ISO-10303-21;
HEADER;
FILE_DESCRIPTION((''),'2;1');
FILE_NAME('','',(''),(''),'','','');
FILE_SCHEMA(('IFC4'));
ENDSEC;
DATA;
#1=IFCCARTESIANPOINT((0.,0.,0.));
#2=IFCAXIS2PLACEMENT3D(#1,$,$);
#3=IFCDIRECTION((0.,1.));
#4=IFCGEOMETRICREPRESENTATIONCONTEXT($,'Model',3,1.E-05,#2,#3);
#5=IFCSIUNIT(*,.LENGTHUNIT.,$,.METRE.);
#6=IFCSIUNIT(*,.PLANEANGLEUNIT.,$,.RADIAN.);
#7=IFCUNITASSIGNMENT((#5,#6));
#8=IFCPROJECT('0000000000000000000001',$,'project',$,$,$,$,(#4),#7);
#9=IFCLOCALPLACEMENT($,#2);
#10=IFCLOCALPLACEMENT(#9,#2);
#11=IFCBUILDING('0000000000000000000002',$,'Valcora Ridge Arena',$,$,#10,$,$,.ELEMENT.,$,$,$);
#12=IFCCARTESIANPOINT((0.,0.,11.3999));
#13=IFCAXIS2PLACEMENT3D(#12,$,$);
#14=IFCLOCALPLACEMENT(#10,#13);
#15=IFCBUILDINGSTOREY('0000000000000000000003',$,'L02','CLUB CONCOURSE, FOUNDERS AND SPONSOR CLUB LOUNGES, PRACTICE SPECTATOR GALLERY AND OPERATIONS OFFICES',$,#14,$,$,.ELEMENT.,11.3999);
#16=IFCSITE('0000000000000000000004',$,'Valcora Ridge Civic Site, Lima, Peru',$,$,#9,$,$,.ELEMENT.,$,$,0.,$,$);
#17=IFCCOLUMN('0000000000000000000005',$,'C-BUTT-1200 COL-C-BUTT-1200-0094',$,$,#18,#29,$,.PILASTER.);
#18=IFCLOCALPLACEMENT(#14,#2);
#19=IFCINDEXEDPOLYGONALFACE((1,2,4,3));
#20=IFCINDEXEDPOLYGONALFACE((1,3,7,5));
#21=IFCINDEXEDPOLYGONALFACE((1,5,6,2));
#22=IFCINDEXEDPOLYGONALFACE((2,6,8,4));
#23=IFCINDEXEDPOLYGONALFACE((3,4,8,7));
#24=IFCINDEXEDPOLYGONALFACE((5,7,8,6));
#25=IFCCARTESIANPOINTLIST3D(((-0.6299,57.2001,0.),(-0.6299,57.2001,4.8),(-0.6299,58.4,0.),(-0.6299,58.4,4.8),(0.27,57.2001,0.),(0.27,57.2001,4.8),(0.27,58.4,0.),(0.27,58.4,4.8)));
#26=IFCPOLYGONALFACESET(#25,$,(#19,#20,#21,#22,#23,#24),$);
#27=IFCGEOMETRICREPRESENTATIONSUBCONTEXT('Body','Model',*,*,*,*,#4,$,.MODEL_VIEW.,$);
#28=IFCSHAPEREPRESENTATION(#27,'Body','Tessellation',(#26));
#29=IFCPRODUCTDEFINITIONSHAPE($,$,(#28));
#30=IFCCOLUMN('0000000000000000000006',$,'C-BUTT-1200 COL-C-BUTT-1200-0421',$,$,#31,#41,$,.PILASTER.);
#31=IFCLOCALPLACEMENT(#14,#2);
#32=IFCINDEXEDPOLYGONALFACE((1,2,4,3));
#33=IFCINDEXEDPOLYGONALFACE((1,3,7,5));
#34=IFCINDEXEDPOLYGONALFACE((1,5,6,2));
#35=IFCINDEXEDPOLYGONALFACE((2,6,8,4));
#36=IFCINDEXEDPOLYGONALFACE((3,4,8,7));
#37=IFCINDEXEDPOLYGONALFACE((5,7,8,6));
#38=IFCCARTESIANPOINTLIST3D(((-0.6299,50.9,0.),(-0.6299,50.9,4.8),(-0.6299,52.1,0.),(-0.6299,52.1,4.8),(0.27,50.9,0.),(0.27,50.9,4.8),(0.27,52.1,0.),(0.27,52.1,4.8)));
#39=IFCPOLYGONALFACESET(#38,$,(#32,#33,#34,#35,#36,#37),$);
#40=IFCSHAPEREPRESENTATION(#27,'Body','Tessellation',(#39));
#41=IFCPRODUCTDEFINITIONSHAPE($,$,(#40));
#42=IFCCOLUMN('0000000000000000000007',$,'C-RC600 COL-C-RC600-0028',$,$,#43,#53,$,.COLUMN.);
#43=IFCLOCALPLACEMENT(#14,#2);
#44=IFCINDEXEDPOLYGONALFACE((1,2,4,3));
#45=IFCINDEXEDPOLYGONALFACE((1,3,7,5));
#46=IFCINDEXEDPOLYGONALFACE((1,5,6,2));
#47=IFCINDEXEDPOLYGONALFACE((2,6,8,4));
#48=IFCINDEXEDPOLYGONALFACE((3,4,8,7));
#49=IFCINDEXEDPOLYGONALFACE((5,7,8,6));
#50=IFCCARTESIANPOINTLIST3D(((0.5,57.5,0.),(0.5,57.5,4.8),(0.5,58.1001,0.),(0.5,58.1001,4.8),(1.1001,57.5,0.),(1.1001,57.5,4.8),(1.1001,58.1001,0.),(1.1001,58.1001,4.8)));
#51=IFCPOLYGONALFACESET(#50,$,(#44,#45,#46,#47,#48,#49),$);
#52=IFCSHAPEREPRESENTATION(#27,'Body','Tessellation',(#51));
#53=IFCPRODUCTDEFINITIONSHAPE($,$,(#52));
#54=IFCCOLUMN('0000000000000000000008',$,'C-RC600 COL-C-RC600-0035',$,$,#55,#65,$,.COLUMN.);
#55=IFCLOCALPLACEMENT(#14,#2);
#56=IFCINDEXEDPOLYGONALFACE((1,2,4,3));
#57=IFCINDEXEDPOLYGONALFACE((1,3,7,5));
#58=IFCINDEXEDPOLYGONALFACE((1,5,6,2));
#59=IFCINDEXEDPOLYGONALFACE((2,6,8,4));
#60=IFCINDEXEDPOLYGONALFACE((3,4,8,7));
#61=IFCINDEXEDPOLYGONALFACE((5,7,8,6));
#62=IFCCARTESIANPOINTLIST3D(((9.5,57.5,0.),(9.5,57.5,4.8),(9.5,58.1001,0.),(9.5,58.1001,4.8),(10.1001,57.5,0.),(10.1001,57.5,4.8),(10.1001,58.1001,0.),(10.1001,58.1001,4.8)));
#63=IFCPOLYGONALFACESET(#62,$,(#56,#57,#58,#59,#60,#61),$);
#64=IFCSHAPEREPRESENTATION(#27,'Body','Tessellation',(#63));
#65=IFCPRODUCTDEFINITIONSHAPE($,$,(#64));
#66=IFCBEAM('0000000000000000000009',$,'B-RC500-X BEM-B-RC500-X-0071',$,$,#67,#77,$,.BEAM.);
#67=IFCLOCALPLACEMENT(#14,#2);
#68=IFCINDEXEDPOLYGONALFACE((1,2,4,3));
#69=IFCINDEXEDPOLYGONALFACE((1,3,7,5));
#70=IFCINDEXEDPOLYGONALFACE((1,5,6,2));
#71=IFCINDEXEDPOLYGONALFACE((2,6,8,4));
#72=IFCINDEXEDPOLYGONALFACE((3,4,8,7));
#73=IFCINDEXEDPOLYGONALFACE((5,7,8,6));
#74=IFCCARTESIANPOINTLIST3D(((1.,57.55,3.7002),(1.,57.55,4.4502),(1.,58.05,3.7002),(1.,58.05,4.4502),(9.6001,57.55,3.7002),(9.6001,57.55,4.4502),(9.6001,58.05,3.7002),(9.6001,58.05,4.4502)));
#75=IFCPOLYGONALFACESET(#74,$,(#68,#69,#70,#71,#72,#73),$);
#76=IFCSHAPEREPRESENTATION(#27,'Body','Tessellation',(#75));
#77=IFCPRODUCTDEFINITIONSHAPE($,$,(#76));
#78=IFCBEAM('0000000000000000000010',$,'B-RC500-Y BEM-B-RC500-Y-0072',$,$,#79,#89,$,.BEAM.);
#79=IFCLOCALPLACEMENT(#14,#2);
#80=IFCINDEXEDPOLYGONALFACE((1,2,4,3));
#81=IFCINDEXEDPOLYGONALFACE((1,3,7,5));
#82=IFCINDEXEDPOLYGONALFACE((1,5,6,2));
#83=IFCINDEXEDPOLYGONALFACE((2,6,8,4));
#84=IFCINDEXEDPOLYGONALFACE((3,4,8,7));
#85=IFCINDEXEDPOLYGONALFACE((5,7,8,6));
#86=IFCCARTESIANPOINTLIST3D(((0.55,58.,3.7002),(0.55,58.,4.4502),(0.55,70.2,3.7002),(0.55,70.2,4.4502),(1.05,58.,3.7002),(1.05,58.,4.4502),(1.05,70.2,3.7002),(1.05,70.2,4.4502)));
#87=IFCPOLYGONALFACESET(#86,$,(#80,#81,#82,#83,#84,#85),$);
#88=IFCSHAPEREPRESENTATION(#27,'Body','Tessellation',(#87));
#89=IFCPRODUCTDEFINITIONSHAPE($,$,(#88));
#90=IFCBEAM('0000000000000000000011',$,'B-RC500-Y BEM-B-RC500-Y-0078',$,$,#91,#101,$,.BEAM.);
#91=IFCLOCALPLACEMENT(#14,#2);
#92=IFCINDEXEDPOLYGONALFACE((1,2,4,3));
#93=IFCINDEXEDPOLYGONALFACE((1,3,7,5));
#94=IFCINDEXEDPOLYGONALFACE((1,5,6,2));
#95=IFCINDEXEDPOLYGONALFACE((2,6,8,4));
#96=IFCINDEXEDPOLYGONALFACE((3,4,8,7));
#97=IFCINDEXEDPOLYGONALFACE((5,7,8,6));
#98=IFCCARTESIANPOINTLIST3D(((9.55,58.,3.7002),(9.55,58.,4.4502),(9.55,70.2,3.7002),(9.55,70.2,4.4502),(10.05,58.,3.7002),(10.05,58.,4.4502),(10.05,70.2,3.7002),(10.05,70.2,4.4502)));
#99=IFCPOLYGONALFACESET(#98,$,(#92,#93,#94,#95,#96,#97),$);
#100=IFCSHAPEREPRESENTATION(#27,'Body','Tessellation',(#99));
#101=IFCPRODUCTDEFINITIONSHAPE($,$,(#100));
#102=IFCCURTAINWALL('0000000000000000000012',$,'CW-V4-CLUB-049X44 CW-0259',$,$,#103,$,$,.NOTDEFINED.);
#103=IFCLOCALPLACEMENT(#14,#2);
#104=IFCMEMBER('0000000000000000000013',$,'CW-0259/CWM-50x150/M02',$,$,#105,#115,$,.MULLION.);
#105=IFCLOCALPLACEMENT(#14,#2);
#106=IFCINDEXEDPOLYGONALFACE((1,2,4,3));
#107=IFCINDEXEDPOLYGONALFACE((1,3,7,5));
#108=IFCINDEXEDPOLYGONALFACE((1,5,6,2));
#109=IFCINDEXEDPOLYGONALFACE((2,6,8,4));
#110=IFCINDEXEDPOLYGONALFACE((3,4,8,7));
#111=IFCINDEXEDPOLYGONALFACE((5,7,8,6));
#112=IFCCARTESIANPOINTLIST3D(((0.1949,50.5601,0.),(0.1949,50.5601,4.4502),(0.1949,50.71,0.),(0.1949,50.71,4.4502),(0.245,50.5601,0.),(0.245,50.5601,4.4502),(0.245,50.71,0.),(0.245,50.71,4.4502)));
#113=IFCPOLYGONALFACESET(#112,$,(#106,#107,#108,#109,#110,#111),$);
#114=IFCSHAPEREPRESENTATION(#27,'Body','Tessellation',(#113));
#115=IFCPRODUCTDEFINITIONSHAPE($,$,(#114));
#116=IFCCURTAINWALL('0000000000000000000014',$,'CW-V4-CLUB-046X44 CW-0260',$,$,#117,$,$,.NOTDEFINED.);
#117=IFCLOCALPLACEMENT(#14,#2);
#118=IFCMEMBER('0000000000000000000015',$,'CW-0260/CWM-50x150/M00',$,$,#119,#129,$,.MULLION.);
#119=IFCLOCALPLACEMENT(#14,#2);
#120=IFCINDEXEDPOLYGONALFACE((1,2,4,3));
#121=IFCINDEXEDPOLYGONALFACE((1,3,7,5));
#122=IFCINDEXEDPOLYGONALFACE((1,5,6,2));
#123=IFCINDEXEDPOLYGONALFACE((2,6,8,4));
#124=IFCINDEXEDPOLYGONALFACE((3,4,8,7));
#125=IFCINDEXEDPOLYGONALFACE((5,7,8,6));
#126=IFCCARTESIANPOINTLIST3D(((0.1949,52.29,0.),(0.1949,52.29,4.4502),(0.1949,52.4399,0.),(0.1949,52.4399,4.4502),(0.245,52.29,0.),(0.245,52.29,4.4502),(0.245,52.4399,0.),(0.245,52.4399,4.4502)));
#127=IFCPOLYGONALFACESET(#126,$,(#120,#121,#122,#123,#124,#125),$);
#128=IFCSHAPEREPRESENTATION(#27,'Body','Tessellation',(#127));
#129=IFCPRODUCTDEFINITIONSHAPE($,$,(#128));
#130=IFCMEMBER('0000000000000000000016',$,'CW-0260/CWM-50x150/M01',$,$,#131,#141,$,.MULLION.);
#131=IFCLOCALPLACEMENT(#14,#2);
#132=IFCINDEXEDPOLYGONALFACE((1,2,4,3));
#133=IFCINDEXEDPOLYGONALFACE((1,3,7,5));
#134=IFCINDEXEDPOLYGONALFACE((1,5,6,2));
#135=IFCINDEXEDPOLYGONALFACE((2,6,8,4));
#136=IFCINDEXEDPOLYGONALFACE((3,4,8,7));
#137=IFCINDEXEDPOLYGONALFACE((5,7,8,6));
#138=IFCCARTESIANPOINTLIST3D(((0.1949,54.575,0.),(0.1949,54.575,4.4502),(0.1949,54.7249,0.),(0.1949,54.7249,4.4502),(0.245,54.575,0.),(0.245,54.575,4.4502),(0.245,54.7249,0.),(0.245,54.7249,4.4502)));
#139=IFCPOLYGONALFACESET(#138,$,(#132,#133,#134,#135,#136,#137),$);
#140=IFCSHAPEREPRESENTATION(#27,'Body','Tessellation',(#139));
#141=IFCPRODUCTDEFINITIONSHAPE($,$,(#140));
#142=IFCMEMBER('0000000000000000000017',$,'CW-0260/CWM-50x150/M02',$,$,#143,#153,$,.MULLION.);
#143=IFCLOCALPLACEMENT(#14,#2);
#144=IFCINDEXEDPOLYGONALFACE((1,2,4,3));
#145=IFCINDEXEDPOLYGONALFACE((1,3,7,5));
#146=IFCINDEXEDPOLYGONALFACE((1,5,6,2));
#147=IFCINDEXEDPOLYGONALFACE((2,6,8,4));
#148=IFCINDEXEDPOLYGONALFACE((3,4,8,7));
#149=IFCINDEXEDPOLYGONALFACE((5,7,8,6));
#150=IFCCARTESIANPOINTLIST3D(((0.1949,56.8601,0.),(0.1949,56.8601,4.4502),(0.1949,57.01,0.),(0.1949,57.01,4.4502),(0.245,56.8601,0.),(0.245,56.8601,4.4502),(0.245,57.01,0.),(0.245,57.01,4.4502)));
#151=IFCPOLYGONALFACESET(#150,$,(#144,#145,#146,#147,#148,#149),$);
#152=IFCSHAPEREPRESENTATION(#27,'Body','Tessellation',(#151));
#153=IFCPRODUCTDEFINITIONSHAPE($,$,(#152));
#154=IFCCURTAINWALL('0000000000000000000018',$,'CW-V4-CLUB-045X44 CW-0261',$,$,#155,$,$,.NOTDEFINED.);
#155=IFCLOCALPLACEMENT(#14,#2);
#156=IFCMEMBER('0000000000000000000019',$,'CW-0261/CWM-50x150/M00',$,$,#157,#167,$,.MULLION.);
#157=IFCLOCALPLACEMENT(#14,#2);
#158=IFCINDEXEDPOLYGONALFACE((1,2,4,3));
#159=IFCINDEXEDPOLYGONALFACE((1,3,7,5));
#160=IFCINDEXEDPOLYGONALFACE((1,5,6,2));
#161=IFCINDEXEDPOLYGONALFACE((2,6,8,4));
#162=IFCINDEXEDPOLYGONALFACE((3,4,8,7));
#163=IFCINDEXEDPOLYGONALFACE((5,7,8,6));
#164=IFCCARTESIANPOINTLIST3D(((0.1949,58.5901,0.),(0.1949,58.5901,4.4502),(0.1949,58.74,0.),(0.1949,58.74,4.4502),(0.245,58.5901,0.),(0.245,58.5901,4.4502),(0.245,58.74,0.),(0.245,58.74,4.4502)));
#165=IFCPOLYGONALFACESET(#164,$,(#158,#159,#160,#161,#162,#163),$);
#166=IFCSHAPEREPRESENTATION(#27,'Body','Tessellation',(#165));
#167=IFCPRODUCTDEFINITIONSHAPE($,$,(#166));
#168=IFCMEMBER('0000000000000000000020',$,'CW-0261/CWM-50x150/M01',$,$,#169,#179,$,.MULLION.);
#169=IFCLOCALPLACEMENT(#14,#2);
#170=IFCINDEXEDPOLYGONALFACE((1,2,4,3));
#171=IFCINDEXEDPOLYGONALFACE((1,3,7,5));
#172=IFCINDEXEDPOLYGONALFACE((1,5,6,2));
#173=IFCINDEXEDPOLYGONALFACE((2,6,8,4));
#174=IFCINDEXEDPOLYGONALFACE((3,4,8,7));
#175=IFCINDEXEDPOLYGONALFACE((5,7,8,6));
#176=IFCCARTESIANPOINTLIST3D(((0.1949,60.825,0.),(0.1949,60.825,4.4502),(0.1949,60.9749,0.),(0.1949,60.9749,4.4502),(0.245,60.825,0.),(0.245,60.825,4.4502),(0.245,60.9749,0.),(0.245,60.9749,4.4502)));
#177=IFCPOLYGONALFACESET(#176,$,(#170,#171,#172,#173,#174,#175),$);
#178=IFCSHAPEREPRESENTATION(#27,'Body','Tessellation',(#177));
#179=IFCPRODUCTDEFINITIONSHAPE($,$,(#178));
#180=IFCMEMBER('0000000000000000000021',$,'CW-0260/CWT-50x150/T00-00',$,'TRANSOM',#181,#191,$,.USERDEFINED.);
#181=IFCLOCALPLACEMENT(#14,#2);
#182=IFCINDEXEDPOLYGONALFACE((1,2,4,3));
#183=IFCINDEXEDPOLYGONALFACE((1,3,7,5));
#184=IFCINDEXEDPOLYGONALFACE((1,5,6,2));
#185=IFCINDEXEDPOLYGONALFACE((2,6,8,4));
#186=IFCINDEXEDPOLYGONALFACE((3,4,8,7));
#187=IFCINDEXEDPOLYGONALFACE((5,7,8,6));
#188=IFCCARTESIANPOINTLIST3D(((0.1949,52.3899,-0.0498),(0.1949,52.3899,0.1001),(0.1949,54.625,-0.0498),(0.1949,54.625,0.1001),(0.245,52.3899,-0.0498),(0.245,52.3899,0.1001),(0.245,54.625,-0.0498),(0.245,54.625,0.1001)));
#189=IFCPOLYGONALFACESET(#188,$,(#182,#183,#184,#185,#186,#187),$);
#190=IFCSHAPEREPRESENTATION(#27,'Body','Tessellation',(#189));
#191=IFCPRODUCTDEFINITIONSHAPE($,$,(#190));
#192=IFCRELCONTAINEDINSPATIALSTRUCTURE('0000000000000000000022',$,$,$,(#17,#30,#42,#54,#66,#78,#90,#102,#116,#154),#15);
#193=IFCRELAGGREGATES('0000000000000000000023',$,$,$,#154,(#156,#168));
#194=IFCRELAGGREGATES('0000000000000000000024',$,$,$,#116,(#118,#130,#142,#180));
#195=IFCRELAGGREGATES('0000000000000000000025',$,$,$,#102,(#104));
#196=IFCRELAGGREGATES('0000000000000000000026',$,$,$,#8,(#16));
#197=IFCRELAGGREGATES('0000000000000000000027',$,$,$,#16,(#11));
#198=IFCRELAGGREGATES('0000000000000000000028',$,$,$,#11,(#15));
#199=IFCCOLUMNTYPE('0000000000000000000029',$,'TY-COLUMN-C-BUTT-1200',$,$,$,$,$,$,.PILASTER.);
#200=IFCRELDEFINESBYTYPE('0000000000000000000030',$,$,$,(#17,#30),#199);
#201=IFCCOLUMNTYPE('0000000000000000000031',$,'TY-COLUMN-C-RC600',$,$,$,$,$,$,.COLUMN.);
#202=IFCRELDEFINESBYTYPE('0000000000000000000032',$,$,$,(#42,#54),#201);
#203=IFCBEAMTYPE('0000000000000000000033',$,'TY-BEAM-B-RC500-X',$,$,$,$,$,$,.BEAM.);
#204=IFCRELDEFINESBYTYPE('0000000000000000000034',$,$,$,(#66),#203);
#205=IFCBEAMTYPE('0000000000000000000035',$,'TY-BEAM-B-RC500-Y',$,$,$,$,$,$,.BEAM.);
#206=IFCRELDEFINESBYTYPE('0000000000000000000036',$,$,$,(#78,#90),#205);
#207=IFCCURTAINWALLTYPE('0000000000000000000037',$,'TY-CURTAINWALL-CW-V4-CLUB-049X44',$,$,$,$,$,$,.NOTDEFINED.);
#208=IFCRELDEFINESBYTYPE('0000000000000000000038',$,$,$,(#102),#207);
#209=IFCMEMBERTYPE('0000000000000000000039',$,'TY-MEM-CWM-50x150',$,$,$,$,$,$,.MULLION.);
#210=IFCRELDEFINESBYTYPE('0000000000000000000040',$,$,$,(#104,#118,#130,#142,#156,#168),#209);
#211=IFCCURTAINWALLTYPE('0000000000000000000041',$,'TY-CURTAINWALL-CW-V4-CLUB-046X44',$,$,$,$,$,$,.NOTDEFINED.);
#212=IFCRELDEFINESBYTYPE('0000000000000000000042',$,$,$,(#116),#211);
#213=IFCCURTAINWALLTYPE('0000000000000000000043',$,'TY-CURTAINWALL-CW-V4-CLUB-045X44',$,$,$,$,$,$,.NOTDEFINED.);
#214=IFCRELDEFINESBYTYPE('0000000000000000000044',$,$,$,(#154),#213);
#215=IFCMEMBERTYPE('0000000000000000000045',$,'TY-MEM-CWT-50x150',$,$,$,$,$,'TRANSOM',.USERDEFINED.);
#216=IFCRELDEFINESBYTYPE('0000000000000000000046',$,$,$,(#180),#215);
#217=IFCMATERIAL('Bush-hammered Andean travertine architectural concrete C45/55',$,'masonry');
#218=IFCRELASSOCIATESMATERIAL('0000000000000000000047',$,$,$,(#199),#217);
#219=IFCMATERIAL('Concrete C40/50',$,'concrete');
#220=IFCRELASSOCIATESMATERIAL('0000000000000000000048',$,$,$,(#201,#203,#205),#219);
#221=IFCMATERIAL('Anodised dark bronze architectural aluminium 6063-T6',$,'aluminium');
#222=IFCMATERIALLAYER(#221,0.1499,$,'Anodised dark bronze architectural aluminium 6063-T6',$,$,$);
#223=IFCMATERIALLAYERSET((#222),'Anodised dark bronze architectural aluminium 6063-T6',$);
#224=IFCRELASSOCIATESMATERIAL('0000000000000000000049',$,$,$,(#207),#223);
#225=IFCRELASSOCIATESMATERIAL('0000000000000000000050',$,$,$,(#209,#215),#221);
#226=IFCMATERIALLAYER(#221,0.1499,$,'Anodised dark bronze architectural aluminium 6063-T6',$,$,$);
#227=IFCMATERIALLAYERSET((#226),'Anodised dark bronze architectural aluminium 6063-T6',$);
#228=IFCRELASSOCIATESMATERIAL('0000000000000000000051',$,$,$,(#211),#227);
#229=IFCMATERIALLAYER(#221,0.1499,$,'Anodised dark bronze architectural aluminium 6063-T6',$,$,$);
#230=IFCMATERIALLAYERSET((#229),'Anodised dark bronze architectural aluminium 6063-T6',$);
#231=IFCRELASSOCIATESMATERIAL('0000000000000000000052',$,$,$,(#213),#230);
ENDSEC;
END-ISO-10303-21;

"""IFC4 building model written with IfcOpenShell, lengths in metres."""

from ifc_helpers import new_model, si_unit, direction, frame, origin, origin_2d, place, context, subcontext, project, spatial, rectangle, extrude, material, layer, layer_set, material_profile, profile_set, type_object, element, aggregate, save


model = new_model("IFC4")

# Units and contexts
model_context = context("Model", 3, precision=1e-05, world=origin(), true_north=direction((0.0, 1.0)))
body_context = subcontext(model_context, "Body", "Model", "MODEL_VIEW")
ifc_project = project(units=[si_unit("LENGTHUNIT", "METRE"), si_unit("PLANEANGLEUNIT", "RADIAN")], contexts=[model_context])

# Site, building, storey
site_placement = place(None, origin())
site = spatial("IfcSite", under=ifc_project, at=site_placement, Name="Valcora Ridge Civic Site, Lima, Peru", CompositionType="ELEMENT", RefElevation=0.0)
building_placement = place(site_placement, origin())
building = spatial("IfcBuilding", under=site, at=building_placement, Name="Valcora Ridge Arena", CompositionType="ELEMENT")
storey_placement = place(building_placement, frame((0.0, 0.0, 11.3999)))
storey = spatial("IfcBuildingStorey", under=building, at=storey_placement, Name="L02", Description="CLUB CONCOURSE, FOUNDERS AND SPONSOR CLUB LOUNGES, PRACTICE SPECTATOR GALLERY AND OPERATIONS OFFICES", CompositionType="ELEMENT", Elevation=11.3999)

# Columns
ifc_material_1 = material(Name="Bush-hammered Andean travertine architectural concrete C45/55", Category="masonry")
ifc_material_profile_1 = material_profile(ifc_material_1, rectangle(XDim=0.8999, YDim=1.2, at=origin_2d()), Name="RC 900x1200")
ifc_profile_set_1 = profile_set([ifc_material_profile_1], Name="Bush-hammered Andean travertine architectural concrete C45/55")
column_type_1 = type_object("IfcColumnType", Name="TY-COLUMN-C-BUTT-1200", PredefinedType="PILASTER", material=ifc_profile_set_1)
for number, where, z_axis, x_axis, name in (
    (1, (-0.1799, 57.8, 0.0), (0.0, 0.0, 1.0), (1.0, 0.0, 0.0), "C-BUTT-1200 COL-C-BUTT-1200-0094"),
    (2, (-0.1799, 51.5, 0.0), (0.0, 0.0, 1.0), (1.0, 0.0, 0.0), "C-BUTT-1200 COL-C-BUTT-1200-0421"),
):
    element("IfcColumn", number, at=place(storey_placement, frame(where, z_axis=z_axis, x_axis=x_axis)), inside=storey, type_object=column_type_1, Name=name, PredefinedType="PILASTER", context=body_context, shape_type="SweptSolid", body=[
        extrude(rectangle(XDim=0.8999, YDim=1.2, at=origin_2d()), origin(), (0.0, 0.0, 1.0), 4.8),
    ])
ifc_material_2 = material(Name="Concrete C40/50", Category="concrete")
ifc_material_profile_2 = material_profile(ifc_material_2, rectangle(XDim=0.6001, YDim=0.6001, at=origin_2d()), Name="RC 600x600")
ifc_profile_set_2 = profile_set([ifc_material_profile_2], Name="Concrete C40/50")
column_type_2 = type_object("IfcColumnType", Name="TY-COLUMN-C-RC600", PredefinedType="COLUMN", material=ifc_profile_set_2)
for number, where, z_axis, x_axis, name in (
    (3, (0.8, 57.8, 0.0), (0.0, 0.0, 1.0), (1.0, 0.0, 0.0), "C-RC600 COL-C-RC600-0028"),
    (4, (9.8, 57.8, 0.0), (0.0, 0.0, 1.0), (1.0, 0.0, 0.0), "C-RC600 COL-C-RC600-0035"),
):
    element("IfcColumn", number, at=place(storey_placement, frame(where, z_axis=z_axis, x_axis=x_axis)), inside=storey, type_object=column_type_2, Name=name, PredefinedType="COLUMN", context=body_context, shape_type="SweptSolid", body=[
        extrude(rectangle(XDim=0.6001, YDim=0.6001, at=origin_2d()), origin(), (0.0, 0.0, 1.0), 4.8),
    ])

# Beams
ifc_material_profile_3 = material_profile(ifc_material_2, rectangle(XDim=0.5, YDim=0.75, at=origin_2d()), Name="RC 500x750")
ifc_profile_set_3 = profile_set([ifc_material_profile_3], Name="Concrete C40/50")
beam_type_1 = type_object("IfcBeamType", Name="TY-BEAM-B-RC500-X", PredefinedType="BEAM", material=ifc_profile_set_3)
beam_placement = place(storey_placement, frame((1.0, 57.8, 4.0752), z_axis=(1.0, 0.0, 0.0), x_axis=(0.0, 1.0, 0.0)))
element("IfcBeam", 5, at=beam_placement, inside=storey, type_object=beam_type_1, Name="B-RC500-X BEM-B-RC500-X-0071", PredefinedType="BEAM", context=body_context, shape_type="SweptSolid", body=[
    extrude(rectangle(XDim=0.5, YDim=0.75, at=origin_2d()), origin(), (0.0, 0.0, 1.0), 8.6001),
])
ifc_material_profile_4 = material_profile(ifc_material_2, rectangle(XDim=0.5, YDim=0.75, at=origin_2d()), Name="RC 500x750")
ifc_profile_set_4 = profile_set([ifc_material_profile_4], Name="Concrete C40/50")
beam_type_2 = type_object("IfcBeamType", Name="TY-BEAM-B-RC500-Y", PredefinedType="BEAM", material=ifc_profile_set_4)
for number, where, z_axis, x_axis, name in (
    (6, (0.8, 58.0, 4.0752), (0.0, 1.0, 0.0), (-1.0, 0.0, 0.0), "B-RC500-Y BEM-B-RC500-Y-0072"),
    (7, (9.8, 58.0, 4.0752), (0.0, 1.0, 0.0), (-1.0, 0.0, 0.0), "B-RC500-Y BEM-B-RC500-Y-0078"),
):
    element("IfcBeam", number, at=place(storey_placement, frame(where, z_axis=z_axis, x_axis=x_axis)), inside=storey, type_object=beam_type_2, Name=name, PredefinedType="BEAM", context=body_context, shape_type="SweptSolid", body=[
        extrude(rectangle(XDim=0.5, YDim=0.75, at=origin_2d()), origin(), (0.0, 0.0, 1.0), 12.2),
    ])

# Curtain wall, member
ifc_material_3 = material(Name="Anodised dark bronze architectural aluminium 6063-T6", Category="aluminium")
ifc_layer_1 = layer(ifc_material_3, 0.1499, Name="Anodised dark bronze architectural aluminium 6063-T6")
ifc_layer_set_1 = layer_set([ifc_layer_1], Name="Anodised dark bronze architectural aluminium 6063-T6")
curtain_wall_type_1 = type_object("IfcCurtainWallType", Name="TY-CURTAINWALL-CW-V4-CLUB-049X44", PredefinedType="NOTDEFINED", material=ifc_layer_set_1)
curtain_wall_1_placement = place(storey_placement, origin())
curtain_wall_1 = element("IfcCurtainWall", 8, at=curtain_wall_1_placement, inside=storey, type_object=curtain_wall_type_1, Name="CW-V4-CLUB-049X44 CW-0259", PredefinedType="NOTDEFINED")
ifc_material_profile_5 = material_profile(ifc_material_3, rectangle(XDim=0.05, YDim=0.1499, at=origin_2d()), Name="ALU MULLION 50x150")
ifc_profile_set_5 = profile_set([ifc_material_profile_5], Name="Anodised dark bronze architectural aluminium 6063-T6")
member_type_1 = type_object("IfcMemberType", Name="TY-MEM-CWM-50x150", PredefinedType="MULLION", material=ifc_profile_set_5)
member_1_placement = place(storey_placement, frame((0.22, 50.635, 0.0), z_axis=(0.0, 0.0, 1.0), x_axis=(-1.0, 0.0, 0.0)))
member_1 = element("IfcMember", 9, at=member_1_placement, type_object=member_type_1, Name="CW-0259/CWM-50x150/M02", PredefinedType="MULLION", context=body_context, shape_type="SweptSolid", body=[
    extrude(rectangle(XDim=0.05, YDim=0.1499, at=origin_2d()), origin(), (0.0, 0.0, 1.0), 4.4502),
])

# Curtain walls, members
ifc_layer_2 = layer(ifc_material_3, 0.1499, Name="Anodised dark bronze architectural aluminium 6063-T6")
ifc_layer_set_2 = layer_set([ifc_layer_2], Name="Anodised dark bronze architectural aluminium 6063-T6")
curtain_wall_type_2 = type_object("IfcCurtainWallType", Name="TY-CURTAINWALL-CW-V4-CLUB-046X44", PredefinedType="NOTDEFINED", material=ifc_layer_set_2)
curtain_wall_2_placement = place(storey_placement, origin())
curtain_wall_2 = element("IfcCurtainWall", 10, at=curtain_wall_2_placement, inside=storey, type_object=curtain_wall_type_2, Name="CW-V4-CLUB-046X44 CW-0260", PredefinedType="NOTDEFINED")
member_2_placement = place(storey_placement, frame((0.22, 52.365, 0.0), z_axis=(0.0, 0.0, 1.0), x_axis=(-1.0, 0.0, 0.0)))
member_2 = element("IfcMember", 11, at=member_2_placement, type_object=member_type_1, Name="CW-0260/CWM-50x150/M00", PredefinedType="MULLION", context=body_context, shape_type="SweptSolid", body=[
    extrude(rectangle(XDim=0.05, YDim=0.1499, at=origin_2d()), origin(), (0.0, 0.0, 1.0), 4.4502),
])
member_3_placement = place(storey_placement, frame((0.22, 54.6499, 0.0), z_axis=(0.0, 0.0, 1.0), x_axis=(-1.0, 0.0, 0.0)))
member_3 = element("IfcMember", 12, at=member_3_placement, type_object=member_type_1, Name="CW-0260/CWM-50x150/M01", PredefinedType="MULLION", context=body_context, shape_type="SweptSolid", body=[
    extrude(rectangle(XDim=0.05, YDim=0.1499, at=origin_2d()), origin(), (0.0, 0.0, 1.0), 4.4502),
])
member_4_placement = place(storey_placement, frame((0.22, 56.9351, 0.0), z_axis=(0.0, 0.0, 1.0), x_axis=(-1.0, 0.0, 0.0)))
member_4 = element("IfcMember", 13, at=member_4_placement, type_object=member_type_1, Name="CW-0260/CWM-50x150/M02", PredefinedType="MULLION", context=body_context, shape_type="SweptSolid", body=[
    extrude(rectangle(XDim=0.05, YDim=0.1499, at=origin_2d()), origin(), (0.0, 0.0, 1.0), 4.4502),
])
ifc_layer_3 = layer(ifc_material_3, 0.1499, Name="Anodised dark bronze architectural aluminium 6063-T6")
ifc_layer_set_3 = layer_set([ifc_layer_3], Name="Anodised dark bronze architectural aluminium 6063-T6")
curtain_wall_type_3 = type_object("IfcCurtainWallType", Name="TY-CURTAINWALL-CW-V4-CLUB-045X44", PredefinedType="NOTDEFINED", material=ifc_layer_set_3)
curtain_wall_3_placement = place(storey_placement, origin())
curtain_wall_3 = element("IfcCurtainWall", 14, at=curtain_wall_3_placement, inside=storey, type_object=curtain_wall_type_3, Name="CW-V4-CLUB-045X44 CW-0261", PredefinedType="NOTDEFINED")
member_5_placement = place(storey_placement, frame((0.22, 58.665, 0.0), z_axis=(0.0, 0.0, 1.0), x_axis=(-1.0, 0.0, 0.0)))
member_5 = element("IfcMember", 15, at=member_5_placement, type_object=member_type_1, Name="CW-0261/CWM-50x150/M00", PredefinedType="MULLION", context=body_context, shape_type="SweptSolid", body=[
    extrude(rectangle(XDim=0.05, YDim=0.1499, at=origin_2d()), origin(), (0.0, 0.0, 1.0), 4.4502),
])
member_6_placement = place(storey_placement, frame((0.22, 60.8999, 0.0), z_axis=(0.0, 0.0, 1.0), x_axis=(-1.0, 0.0, 0.0)))
member_6 = element("IfcMember", 16, at=member_6_placement, type_object=member_type_1, Name="CW-0261/CWM-50x150/M01", PredefinedType="MULLION", context=body_context, shape_type="SweptSolid", body=[
    extrude(rectangle(XDim=0.05, YDim=0.1499, at=origin_2d()), origin(), (0.0, 0.0, 1.0), 4.4502),
])

# Member
ifc_material_profile_6 = material_profile(ifc_material_3, rectangle(XDim=0.05, YDim=0.1499, at=origin_2d()), Name="ALU TRANSOM 50x150")
ifc_profile_set_6 = profile_set([ifc_material_profile_6], Name="Anodised dark bronze architectural aluminium 6063-T6")
member_type_2 = type_object("IfcMemberType", Name="TY-MEM-CWT-50x150", ElementType="TRANSOM", PredefinedType="USERDEFINED", material=ifc_profile_set_6)
member_7_placement = place(storey_placement, frame((0.22, 52.3899, 0.0251), z_axis=(0.0, 1.0, 0.0), x_axis=(-1.0, 0.0, 0.0)))
member_7 = element("IfcMember", 17, at=member_7_placement, type_object=member_type_2, Name="CW-0260/CWT-50x150/T00-00", ObjectType="TRANSOM", PredefinedType="USERDEFINED", context=body_context, shape_type="SweptSolid", body=[
    extrude(rectangle(XDim=0.05, YDim=0.1499, at=origin_2d()), origin(), (0.0, 0.0, 1.0), 2.2351),
])

aggregate(curtain_wall_3, [member_5, member_6])
aggregate(curtain_wall_2, [member_2, member_3, member_4, member_7])
aggregate(curtain_wall_1, [member_1])

save(model, "model.ifc")
